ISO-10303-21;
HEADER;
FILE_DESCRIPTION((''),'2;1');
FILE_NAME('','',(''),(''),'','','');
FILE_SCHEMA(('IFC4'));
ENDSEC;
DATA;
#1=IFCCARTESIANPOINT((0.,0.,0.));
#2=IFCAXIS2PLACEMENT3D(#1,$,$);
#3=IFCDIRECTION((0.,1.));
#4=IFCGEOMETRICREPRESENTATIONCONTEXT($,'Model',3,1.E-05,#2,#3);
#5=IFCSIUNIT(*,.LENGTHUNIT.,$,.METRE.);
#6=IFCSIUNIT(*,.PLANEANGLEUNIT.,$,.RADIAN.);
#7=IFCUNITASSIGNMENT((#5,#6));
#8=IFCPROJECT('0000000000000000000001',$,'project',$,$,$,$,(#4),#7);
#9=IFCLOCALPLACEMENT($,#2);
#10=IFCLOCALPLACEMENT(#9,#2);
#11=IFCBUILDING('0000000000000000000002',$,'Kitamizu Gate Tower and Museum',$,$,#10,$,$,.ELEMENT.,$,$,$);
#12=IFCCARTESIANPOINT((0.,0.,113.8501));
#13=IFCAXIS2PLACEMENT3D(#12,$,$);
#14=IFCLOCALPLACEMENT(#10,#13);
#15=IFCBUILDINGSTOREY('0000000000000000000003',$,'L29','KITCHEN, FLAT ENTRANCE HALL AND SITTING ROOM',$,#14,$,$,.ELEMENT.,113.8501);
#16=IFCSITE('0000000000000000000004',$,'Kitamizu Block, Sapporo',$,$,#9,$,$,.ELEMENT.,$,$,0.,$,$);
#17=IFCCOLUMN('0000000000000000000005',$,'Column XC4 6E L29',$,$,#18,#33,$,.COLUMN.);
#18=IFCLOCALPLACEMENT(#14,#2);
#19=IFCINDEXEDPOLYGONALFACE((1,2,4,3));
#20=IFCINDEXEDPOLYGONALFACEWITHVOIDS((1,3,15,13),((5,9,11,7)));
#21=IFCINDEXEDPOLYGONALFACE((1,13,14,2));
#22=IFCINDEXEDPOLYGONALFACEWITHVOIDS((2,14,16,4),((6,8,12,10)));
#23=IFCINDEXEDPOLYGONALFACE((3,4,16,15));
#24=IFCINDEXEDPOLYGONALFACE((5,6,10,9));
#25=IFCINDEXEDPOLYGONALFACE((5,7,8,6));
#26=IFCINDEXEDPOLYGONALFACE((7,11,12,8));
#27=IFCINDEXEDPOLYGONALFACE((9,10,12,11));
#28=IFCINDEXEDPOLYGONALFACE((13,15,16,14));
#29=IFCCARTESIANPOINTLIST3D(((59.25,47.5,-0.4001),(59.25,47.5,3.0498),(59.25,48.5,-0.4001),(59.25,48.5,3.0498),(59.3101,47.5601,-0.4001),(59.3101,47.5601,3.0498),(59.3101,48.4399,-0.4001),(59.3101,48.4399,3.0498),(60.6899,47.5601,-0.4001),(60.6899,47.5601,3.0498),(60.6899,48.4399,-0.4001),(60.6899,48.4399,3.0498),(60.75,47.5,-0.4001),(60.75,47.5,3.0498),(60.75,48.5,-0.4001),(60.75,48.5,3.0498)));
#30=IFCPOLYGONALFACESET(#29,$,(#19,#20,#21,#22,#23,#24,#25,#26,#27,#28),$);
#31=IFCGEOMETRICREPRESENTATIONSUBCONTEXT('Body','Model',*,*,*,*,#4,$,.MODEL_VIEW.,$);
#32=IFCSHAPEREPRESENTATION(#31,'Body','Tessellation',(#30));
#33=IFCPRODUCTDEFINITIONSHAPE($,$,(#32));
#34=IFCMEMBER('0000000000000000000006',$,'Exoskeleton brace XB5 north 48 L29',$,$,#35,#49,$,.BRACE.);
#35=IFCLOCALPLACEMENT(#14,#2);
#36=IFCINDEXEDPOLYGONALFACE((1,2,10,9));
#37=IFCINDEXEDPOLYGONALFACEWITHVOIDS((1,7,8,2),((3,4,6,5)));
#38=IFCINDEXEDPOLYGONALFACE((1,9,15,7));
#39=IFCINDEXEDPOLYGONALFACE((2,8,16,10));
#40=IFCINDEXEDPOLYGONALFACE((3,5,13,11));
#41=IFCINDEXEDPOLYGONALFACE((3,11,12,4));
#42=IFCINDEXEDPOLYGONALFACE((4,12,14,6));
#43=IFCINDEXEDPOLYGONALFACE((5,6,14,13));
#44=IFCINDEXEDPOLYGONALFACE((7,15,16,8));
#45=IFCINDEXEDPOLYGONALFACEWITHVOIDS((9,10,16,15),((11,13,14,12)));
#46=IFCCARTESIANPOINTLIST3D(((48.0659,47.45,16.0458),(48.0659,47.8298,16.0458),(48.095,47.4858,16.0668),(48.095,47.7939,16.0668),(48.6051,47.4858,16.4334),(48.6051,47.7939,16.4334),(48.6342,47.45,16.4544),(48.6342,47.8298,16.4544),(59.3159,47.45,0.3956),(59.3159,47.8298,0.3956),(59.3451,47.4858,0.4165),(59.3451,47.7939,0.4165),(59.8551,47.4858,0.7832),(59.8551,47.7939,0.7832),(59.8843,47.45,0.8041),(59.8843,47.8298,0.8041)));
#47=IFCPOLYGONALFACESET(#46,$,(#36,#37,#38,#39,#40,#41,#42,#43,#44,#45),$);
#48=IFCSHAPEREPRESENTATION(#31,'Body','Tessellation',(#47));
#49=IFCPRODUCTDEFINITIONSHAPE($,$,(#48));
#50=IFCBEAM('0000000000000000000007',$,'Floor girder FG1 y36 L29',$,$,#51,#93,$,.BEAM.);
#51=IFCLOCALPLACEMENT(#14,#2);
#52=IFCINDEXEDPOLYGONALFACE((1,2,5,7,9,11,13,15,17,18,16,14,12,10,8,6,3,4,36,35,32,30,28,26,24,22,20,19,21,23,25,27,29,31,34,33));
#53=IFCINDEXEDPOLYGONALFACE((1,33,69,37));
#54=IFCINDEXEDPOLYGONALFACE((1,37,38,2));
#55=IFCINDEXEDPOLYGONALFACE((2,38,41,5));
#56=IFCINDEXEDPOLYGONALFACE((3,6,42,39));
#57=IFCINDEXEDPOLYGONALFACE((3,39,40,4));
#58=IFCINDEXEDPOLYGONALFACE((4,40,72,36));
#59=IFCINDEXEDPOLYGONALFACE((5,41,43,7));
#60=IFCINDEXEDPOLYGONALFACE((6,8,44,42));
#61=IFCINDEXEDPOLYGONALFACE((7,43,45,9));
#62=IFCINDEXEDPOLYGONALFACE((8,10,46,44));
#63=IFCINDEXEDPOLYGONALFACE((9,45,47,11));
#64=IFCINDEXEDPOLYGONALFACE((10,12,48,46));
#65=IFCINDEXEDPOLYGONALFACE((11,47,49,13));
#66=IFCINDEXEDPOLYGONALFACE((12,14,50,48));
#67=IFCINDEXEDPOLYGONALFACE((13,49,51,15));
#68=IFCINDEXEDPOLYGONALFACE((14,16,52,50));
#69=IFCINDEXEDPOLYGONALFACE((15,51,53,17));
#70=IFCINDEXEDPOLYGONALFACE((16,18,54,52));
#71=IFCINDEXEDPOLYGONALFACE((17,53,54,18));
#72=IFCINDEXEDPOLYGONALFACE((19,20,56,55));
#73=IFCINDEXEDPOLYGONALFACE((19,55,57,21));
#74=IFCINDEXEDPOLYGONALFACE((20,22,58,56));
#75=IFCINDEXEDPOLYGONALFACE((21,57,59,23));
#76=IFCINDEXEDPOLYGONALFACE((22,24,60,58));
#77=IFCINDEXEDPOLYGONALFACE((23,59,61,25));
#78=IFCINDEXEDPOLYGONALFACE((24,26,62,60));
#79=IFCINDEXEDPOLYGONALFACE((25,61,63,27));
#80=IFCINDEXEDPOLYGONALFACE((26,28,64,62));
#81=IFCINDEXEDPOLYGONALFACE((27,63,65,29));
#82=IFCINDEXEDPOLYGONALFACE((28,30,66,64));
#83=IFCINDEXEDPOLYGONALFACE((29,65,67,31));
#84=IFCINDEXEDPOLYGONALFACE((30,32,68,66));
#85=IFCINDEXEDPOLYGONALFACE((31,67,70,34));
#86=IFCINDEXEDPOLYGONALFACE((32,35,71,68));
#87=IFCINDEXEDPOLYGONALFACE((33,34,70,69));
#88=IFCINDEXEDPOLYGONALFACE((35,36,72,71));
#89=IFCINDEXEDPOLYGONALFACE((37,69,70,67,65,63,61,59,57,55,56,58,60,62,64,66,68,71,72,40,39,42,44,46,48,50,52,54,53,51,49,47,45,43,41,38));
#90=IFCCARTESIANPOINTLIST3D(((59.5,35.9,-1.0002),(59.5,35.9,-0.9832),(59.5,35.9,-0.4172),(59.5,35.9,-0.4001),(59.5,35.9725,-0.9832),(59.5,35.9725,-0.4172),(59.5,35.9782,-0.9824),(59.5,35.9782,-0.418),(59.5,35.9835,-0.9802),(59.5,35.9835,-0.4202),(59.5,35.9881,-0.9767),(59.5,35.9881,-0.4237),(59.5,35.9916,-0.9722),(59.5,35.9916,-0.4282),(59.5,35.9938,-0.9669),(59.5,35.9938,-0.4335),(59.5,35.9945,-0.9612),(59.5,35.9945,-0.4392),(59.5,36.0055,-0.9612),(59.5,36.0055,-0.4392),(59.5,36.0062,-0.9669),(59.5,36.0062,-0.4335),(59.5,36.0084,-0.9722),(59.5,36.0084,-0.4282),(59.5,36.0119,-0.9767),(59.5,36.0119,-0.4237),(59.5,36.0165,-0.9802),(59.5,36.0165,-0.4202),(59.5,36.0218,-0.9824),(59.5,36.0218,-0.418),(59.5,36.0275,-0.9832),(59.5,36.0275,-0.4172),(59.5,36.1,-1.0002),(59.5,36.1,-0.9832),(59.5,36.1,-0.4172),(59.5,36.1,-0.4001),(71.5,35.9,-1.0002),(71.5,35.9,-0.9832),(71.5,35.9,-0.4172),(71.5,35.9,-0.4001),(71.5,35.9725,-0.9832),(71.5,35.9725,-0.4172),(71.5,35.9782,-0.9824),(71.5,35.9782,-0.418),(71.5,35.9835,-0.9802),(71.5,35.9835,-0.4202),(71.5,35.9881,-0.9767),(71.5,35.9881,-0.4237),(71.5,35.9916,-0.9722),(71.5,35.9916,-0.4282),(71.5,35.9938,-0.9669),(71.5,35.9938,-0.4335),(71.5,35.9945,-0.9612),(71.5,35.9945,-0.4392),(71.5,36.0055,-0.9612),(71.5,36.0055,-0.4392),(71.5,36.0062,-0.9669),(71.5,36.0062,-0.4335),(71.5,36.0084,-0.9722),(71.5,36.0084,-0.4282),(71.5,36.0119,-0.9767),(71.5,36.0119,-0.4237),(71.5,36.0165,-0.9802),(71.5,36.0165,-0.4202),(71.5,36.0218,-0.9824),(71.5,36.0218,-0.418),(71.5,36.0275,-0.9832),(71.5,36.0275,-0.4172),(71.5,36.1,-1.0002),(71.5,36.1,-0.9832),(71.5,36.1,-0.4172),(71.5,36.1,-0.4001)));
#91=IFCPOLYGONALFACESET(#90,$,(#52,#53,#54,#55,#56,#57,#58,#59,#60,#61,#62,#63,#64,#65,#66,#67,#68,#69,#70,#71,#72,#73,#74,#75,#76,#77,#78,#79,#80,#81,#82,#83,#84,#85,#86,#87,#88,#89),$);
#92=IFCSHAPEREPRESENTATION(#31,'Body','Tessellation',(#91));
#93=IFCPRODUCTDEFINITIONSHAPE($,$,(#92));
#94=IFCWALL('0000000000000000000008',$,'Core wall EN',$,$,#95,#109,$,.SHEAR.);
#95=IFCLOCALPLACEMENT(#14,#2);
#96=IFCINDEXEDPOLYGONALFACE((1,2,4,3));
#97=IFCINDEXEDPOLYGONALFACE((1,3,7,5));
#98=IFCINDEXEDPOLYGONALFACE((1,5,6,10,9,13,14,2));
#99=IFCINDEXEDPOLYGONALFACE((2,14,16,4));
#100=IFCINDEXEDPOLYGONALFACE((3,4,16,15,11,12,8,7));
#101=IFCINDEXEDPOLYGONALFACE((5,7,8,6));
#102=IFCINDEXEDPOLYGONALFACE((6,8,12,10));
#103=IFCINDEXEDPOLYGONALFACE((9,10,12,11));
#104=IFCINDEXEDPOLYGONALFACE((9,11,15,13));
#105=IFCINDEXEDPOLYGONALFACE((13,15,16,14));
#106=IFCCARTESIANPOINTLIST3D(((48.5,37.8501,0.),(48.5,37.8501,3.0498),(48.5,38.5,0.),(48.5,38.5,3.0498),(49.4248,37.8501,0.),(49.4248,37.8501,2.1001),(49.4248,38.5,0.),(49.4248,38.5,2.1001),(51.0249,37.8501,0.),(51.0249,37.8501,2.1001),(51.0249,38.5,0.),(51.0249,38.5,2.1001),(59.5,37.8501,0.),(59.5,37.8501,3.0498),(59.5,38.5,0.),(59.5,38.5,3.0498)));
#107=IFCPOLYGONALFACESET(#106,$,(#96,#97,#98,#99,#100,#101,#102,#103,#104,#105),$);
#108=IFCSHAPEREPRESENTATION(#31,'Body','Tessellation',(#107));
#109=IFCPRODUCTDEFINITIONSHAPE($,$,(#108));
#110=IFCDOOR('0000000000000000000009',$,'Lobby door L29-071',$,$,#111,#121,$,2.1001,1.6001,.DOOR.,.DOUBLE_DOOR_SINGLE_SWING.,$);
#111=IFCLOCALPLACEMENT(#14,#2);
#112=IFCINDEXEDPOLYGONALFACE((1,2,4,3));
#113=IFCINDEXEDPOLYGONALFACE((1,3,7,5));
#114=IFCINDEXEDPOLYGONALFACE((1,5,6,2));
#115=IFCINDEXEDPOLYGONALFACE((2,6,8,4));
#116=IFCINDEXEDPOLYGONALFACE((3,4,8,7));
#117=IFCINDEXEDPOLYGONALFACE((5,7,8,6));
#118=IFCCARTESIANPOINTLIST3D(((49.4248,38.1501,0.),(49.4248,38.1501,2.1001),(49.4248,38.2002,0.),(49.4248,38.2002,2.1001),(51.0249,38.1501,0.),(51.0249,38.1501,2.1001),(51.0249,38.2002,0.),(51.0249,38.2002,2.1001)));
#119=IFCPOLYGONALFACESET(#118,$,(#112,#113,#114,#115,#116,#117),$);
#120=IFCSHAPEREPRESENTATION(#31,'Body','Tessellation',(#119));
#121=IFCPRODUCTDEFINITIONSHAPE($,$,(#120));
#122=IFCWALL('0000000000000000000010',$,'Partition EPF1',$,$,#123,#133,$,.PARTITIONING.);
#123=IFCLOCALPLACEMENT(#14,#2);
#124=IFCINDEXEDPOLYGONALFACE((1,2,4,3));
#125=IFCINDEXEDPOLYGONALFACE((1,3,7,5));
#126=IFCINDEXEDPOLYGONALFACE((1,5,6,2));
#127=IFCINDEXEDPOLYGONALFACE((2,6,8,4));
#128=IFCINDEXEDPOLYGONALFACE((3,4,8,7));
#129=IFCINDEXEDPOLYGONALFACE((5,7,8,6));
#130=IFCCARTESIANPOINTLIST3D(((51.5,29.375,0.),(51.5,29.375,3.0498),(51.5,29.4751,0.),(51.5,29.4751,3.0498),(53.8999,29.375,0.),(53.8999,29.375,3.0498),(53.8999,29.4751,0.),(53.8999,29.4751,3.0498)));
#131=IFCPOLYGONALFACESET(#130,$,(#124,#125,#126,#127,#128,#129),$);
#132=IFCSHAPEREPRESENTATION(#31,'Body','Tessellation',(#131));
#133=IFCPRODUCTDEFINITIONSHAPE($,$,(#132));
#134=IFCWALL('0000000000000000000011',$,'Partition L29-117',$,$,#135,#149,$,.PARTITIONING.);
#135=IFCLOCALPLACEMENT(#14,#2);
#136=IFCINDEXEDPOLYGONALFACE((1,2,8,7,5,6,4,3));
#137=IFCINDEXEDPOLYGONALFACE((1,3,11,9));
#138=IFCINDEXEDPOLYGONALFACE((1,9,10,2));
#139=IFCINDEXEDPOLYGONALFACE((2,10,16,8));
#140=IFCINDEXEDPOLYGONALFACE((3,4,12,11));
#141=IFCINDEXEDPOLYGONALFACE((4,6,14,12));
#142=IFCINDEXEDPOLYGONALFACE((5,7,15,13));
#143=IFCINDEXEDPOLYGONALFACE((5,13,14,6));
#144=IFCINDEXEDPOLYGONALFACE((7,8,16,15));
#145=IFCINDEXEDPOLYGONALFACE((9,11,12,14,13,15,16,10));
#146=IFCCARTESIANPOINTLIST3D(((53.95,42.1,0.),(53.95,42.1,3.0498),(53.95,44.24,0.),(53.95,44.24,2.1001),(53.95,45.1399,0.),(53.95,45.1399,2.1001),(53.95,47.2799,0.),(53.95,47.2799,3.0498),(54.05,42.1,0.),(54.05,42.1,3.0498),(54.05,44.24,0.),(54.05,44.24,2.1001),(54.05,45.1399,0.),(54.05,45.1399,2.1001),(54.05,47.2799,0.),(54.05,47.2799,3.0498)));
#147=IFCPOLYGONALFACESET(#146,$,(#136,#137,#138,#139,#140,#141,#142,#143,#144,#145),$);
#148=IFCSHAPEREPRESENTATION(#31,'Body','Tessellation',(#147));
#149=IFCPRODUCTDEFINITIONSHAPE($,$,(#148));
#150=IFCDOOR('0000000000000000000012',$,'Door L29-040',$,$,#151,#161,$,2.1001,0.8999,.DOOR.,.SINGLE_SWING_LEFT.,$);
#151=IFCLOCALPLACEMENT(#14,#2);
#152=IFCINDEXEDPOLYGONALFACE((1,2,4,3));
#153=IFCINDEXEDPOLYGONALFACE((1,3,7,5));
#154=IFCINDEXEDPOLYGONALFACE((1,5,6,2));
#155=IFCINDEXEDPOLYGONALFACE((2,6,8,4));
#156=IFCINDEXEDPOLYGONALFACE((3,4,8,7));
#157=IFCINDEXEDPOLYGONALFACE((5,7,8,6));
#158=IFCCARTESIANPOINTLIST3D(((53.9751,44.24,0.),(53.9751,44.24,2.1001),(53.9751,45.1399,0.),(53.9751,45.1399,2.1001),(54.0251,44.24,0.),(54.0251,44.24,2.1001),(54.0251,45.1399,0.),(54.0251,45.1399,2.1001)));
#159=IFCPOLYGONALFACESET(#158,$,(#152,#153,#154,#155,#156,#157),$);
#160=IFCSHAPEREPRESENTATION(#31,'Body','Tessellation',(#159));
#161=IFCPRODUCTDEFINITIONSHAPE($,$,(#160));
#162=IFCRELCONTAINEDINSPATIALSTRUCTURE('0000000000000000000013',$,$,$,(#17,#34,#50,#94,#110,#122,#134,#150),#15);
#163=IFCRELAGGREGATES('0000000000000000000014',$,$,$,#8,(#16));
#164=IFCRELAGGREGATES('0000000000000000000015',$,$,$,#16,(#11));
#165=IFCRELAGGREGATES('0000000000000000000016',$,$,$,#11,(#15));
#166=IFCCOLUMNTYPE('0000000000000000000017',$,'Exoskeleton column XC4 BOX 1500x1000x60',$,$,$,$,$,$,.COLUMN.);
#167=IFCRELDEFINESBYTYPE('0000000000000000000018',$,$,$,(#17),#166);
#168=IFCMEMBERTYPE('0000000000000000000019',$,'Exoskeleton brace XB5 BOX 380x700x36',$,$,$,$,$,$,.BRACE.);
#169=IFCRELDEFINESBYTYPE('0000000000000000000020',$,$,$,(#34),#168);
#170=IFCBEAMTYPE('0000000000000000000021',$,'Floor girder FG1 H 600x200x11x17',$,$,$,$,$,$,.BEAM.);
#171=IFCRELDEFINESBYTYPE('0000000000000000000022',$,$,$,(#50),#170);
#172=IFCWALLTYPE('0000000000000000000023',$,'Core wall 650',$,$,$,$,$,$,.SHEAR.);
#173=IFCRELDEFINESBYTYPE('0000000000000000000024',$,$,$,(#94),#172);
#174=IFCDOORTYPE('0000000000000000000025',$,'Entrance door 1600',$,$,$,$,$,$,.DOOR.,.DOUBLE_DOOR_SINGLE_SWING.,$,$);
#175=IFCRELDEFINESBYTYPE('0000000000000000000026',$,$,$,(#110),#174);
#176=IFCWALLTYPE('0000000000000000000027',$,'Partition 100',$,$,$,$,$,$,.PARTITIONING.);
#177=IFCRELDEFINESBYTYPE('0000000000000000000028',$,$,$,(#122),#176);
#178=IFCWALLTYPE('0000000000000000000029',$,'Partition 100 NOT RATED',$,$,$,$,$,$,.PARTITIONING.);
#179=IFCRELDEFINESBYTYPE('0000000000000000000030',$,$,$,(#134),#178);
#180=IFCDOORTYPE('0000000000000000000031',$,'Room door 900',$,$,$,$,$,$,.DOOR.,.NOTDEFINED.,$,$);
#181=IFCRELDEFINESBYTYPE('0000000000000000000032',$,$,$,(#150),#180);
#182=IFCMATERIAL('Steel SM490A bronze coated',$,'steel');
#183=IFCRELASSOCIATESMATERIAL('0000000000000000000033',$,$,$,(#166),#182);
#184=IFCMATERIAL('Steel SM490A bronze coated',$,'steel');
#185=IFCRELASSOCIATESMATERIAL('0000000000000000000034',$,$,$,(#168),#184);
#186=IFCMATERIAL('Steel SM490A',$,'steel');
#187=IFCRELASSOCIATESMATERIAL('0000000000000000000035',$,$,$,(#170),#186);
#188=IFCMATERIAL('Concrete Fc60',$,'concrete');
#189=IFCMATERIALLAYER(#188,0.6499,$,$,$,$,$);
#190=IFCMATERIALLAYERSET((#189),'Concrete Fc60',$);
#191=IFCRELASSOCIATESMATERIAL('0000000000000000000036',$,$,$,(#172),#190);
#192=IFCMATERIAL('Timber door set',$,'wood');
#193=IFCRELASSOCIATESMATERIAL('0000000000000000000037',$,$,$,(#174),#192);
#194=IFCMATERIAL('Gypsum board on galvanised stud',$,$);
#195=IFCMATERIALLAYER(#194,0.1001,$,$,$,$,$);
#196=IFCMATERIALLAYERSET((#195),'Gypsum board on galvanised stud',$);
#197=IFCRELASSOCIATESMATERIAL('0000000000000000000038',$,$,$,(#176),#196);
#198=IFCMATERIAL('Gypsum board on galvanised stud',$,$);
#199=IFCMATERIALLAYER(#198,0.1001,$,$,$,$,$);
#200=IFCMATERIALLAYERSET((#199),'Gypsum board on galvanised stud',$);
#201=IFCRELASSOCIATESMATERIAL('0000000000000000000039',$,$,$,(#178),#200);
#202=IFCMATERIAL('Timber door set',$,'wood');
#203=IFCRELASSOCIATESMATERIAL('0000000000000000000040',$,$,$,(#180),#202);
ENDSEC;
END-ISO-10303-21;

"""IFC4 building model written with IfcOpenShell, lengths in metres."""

from ifc_helpers import new_model, si_unit, direction, frame, frame_2d, origin, origin_2d, place, context, subcontext, project, spatial, rectangle, hollow_rectangle, i_section, extrude, material, layer, layer_set, material_profile, profile_set, type_object, element, fill, save


model = new_model("IFC4")

# Units and contexts
model_context = context("Model", 3, precision=1e-05, world=origin(), true_north=direction((0.0, 1.0)))
body_context = subcontext(model_context, "Body", "Model", "MODEL_VIEW")
ifc_project = project(units=[si_unit("LENGTHUNIT", "METRE"), si_unit("PLANEANGLEUNIT", "RADIAN")], contexts=[model_context])

# Site, building, storey
site_placement = place(None, origin())
site = spatial("IfcSite", under=ifc_project, at=site_placement, Name="Kitamizu Block, Sapporo", CompositionType="ELEMENT", RefElevation=0.0)
building_placement = place(site_placement, origin())
building = spatial("IfcBuilding", under=site, at=building_placement, Name="Kitamizu Gate Tower and Museum", CompositionType="ELEMENT")
storey_placement = place(building_placement, frame((0.0, 0.0, 113.8501)))
storey = spatial("IfcBuildingStorey", under=building, at=storey_placement, Name="L29", Description="KITCHEN, FLAT ENTRANCE HALL AND SITTING ROOM", CompositionType="ELEMENT", Elevation=113.8501)

# Column
ifc_material_1 = material(Name="Steel SM490A bronze coated", Category="steel")
ifc_material_profile_1 = material_profile(ifc_material_1, hollow_rectangle(XDim=1.5, YDim=1.0, WallThickness=0.0601, at=origin_2d()), Name="BOX 1500x1000x60")
ifc_profile_set_1 = profile_set([ifc_material_profile_1], Name="Steel SM490A bronze coated")
column_type = type_object("IfcColumnType", Name="Exoskeleton column XC4 BOX 1500x1000x60", PredefinedType="COLUMN", material=ifc_profile_set_1)
column_placement = place(storey_placement, frame((60.0, 48.0, -0.4001), z_axis=(0.0, 0.0, 1.0), x_axis=(1.0, 0.0, 0.0)))
element("IfcColumn", 1, at=column_placement, inside=storey, type_object=column_type, Name="Column XC4 6E L29", PredefinedType="COLUMN", context=body_context, shape_type="SweptSolid", body=[
    extrude(hollow_rectangle(XDim=1.5, YDim=1.0, WallThickness=0.0601, at=origin_2d()), origin(), (0.0, 0.0, 1.0), 3.45),
])

# Member
ifc_material_2 = material(Name="Steel SM490A bronze coated", Category="steel")
ifc_material_profile_2 = material_profile(ifc_material_2, hollow_rectangle(XDim=0.3799, YDim=0.7, WallThickness=0.0359, at=origin_2d()), Name="BOX 380x700x36")
ifc_profile_set_2 = profile_set([ifc_material_profile_2], Name="Steel SM490A bronze coated")
member_type = type_object("IfcMemberType", Name="Exoskeleton brace XB5 BOX 380x700x36", PredefinedType="BRACE", material=ifc_profile_set_2)
member_placement = place(storey_placement, frame((59.6001, 47.6399, 0.5999), z_axis=(-0.583686, 0.0, 0.81198), x_axis=(0.0, -1.0, 0.0)))
element("IfcMember", 2, at=member_placement, inside=storey, type_object=member_type, Name="Exoskeleton brace XB5 north 48 L29", PredefinedType="BRACE", context=body_context, shape_type="SweptSolid", body=[
    extrude(hollow_rectangle(XDim=0.3799, YDim=0.7, WallThickness=0.0359, at=origin_2d()), origin(), (0.0, 0.0, 1.0), 19.2742),
])

# Beam
ifc_material_3 = material(Name="Steel SM490A", Category="steel")
ifc_material_profile_3 = material_profile(ifc_material_3, i_section(OverallWidth=0.2, OverallDepth=0.6001, WebThickness=0.011, FlangeThickness=0.0171, FilletRadius=0.022, at=origin_2d()), Name="H-600x200x11x17")
ifc_profile_set_3 = profile_set([ifc_material_profile_3], Name="Steel SM490A")
beam_type = type_object("IfcBeamType", Name="Floor girder FG1 H 600x200x11x17", PredefinedType="BEAM", material=ifc_profile_set_3)
beam_placement = place(storey_placement, frame((59.5, 36.0, -0.7002), z_axis=(1.0, 0.0, 0.0), x_axis=(0.0, 1.0, 0.0)))
element("IfcBeam", 3, at=beam_placement, inside=storey, type_object=beam_type, Name="Floor girder FG1 y36 L29", PredefinedType="BEAM", context=body_context, shape_type="SweptSolid", body=[
    extrude(i_section(OverallWidth=0.2, OverallDepth=0.6001, WebThickness=0.011, FlangeThickness=0.0171, FilletRadius=0.022, at=origin_2d()), origin(), (0.0, 0.0, 1.0), 12.0),
])

# Wall, opening, door
ifc_material_4 = material(Name="Concrete Fc60", Category="concrete")
ifc_layer_1 = layer(ifc_material_4, 0.6499)
ifc_layer_set_1 = layer_set([ifc_layer_1], Name="Concrete Fc60")
wall_type_1 = type_object("IfcWallType", Name="Core wall 650", PredefinedType="SHEAR", material=ifc_layer_set_1)
wall_1_placement = place(storey_placement, frame((59.5, 38.175, 0.0), z_axis=(0.0, 0.0, 1.0), x_axis=(-1.0, 0.0, 0.0)))
wall_1 = element("IfcWall", 4, at=wall_1_placement, inside=storey, type_object=wall_type_1, Name="Core wall EN", PredefinedType="SHEAR", context=body_context, shape_type="SweptSolid", body=[
    extrude(rectangle(XDim=11.0, YDim=0.6499, at=frame_2d((5.5, 0.0))), origin(), (0.0, 0.0, 1.0), 3.0498),
])
opening_1_placement = place(wall_1_placement, frame((8.4751, 0.0, 0.0)))
opening_1 = element("IfcOpeningElement", 5, at=opening_1_placement, cuts=wall_1, PredefinedType="OPENING", context=body_context, shape_type="SweptSolid", body=[
    extrude(rectangle(XDim=1.6001, YDim=2.1001, at=frame_2d((0.8, 1.05))), frame((0.0, 0.335, 0.0), z_axis=(0.0, -1.0, 0.0), x_axis=(1.0, 0.0, 0.0)), (0.0, 0.0, 1.0), 0.6699),
])
ifc_material_5 = material(Name="Timber door set", Category="wood")
door_type_1 = type_object("IfcDoorType", Name="Entrance door 1600", OperationType="DOUBLE_DOOR_SINGLE_SWING", PredefinedType="DOOR", material=ifc_material_5)
door_1_placement = place(opening_1_placement, origin())
door_1 = element("IfcDoor", 6, at=door_1_placement, inside=storey, type_object=door_type_1, Name="Lobby door L29-071", OperationType="DOUBLE_DOOR_SINGLE_SWING", OverallHeight=2.1001, OverallWidth=1.6001, PredefinedType="DOOR", context=body_context, shape_type="SweptSolid", body=[
    extrude(rectangle(XDim=1.6001, YDim=2.1001, at=frame_2d((0.8, 1.05))), frame((0.0, 0.0249, 0.0), z_axis=(0.0, -1.0, 0.0), x_axis=(1.0, 0.0, 0.0)), (0.0, 0.0, 1.0), 0.05),
])
fill(opening_1, door_1)

# Wall
ifc_material_6 = material(Name="Gypsum board on galvanised stud")
ifc_layer_2 = layer(ifc_material_6, 0.1001)
ifc_layer_set_2 = layer_set([ifc_layer_2], Name="Gypsum board on galvanised stud")
wall_type_2 = type_object("IfcWallType", Name="Partition 100", PredefinedType="PARTITIONING", material=ifc_layer_set_2)
wall_2_placement = place(storey_placement, frame((53.8999, 29.425, 0.0), z_axis=(0.0, 0.0, 1.0), x_axis=(-1.0, 0.0, 0.0)))
element("IfcWall", 7, at=wall_2_placement, inside=storey, type_object=wall_type_2, Name="Partition EPF1", PredefinedType="PARTITIONING", context=body_context, shape_type="SweptSolid", body=[
    extrude(rectangle(XDim=2.3999, YDim=0.1001, at=frame_2d((1.2, 0.0))), origin(), (0.0, 0.0, 1.0), 3.0498),
])

# Wall, opening, door
ifc_material_7 = material(Name="Gypsum board on galvanised stud")
ifc_layer_3 = layer(ifc_material_7, 0.1001)
ifc_layer_set_3 = layer_set([ifc_layer_3], Name="Gypsum board on galvanised stud")
wall_type_3 = type_object("IfcWallType", Name="Partition 100 NOT RATED", PredefinedType="PARTITIONING", material=ifc_layer_set_3)
wall_3_placement = place(storey_placement, frame((54.0, 42.1001, 0.0), z_axis=(0.0, 0.0, 1.0), x_axis=(0.0, 1.0, 0.0)))
wall_3 = element("IfcWall", 8, at=wall_3_placement, inside=storey, type_object=wall_type_3, Name="Partition L29-117", PredefinedType="PARTITIONING", context=body_context, shape_type="SweptSolid", body=[
    extrude(rectangle(XDim=5.1799, YDim=0.1001, at=frame_2d((2.5898, 0.0))), origin(), (0.0, 0.0, 1.0), 3.0498),
])
opening_2_placement = place(wall_3_placement, frame((2.1399, 0.0, 0.0)))
opening_2 = element("IfcOpeningElement", 9, at=opening_2_placement, cuts=wall_3, PredefinedType="OPENING", context=body_context, shape_type="SweptSolid", body=[
    extrude(rectangle(XDim=0.8999, YDim=2.1001, at=frame_2d((0.45, 1.05))), frame((0.0, 0.0601, 0.0), z_axis=(0.0, -1.0, 0.0), x_axis=(1.0, 0.0, 0.0)), (0.0, 0.0, 1.0), 0.1201),
])
ifc_material_8 = material(Name="Timber door set", Category="wood")
door_type_2 = type_object("IfcDoorType", Name="Room door 900", OperationType="NOTDEFINED", PredefinedType="DOOR", material=ifc_material_8)
door_2_placement = place(opening_2_placement, origin())
door_2 = element("IfcDoor", 10, at=door_2_placement, inside=storey, type_object=door_type_2, Name="Door L29-040", OperationType="SINGLE_SWING_LEFT", OverallHeight=2.1001, OverallWidth=0.8999, PredefinedType="DOOR", context=body_context, shape_type="SweptSolid", body=[
    extrude(rectangle(XDim=0.8999, YDim=2.1001, at=frame_2d((0.45, 1.05))), frame((0.0, 0.0249, 0.0), z_axis=(0.0, -1.0, 0.0), x_axis=(1.0, 0.0, 0.0)), (0.0, 0.0, 1.0), 0.05),
])
fill(opening_2, door_2)

save(model, "model.ifc")
